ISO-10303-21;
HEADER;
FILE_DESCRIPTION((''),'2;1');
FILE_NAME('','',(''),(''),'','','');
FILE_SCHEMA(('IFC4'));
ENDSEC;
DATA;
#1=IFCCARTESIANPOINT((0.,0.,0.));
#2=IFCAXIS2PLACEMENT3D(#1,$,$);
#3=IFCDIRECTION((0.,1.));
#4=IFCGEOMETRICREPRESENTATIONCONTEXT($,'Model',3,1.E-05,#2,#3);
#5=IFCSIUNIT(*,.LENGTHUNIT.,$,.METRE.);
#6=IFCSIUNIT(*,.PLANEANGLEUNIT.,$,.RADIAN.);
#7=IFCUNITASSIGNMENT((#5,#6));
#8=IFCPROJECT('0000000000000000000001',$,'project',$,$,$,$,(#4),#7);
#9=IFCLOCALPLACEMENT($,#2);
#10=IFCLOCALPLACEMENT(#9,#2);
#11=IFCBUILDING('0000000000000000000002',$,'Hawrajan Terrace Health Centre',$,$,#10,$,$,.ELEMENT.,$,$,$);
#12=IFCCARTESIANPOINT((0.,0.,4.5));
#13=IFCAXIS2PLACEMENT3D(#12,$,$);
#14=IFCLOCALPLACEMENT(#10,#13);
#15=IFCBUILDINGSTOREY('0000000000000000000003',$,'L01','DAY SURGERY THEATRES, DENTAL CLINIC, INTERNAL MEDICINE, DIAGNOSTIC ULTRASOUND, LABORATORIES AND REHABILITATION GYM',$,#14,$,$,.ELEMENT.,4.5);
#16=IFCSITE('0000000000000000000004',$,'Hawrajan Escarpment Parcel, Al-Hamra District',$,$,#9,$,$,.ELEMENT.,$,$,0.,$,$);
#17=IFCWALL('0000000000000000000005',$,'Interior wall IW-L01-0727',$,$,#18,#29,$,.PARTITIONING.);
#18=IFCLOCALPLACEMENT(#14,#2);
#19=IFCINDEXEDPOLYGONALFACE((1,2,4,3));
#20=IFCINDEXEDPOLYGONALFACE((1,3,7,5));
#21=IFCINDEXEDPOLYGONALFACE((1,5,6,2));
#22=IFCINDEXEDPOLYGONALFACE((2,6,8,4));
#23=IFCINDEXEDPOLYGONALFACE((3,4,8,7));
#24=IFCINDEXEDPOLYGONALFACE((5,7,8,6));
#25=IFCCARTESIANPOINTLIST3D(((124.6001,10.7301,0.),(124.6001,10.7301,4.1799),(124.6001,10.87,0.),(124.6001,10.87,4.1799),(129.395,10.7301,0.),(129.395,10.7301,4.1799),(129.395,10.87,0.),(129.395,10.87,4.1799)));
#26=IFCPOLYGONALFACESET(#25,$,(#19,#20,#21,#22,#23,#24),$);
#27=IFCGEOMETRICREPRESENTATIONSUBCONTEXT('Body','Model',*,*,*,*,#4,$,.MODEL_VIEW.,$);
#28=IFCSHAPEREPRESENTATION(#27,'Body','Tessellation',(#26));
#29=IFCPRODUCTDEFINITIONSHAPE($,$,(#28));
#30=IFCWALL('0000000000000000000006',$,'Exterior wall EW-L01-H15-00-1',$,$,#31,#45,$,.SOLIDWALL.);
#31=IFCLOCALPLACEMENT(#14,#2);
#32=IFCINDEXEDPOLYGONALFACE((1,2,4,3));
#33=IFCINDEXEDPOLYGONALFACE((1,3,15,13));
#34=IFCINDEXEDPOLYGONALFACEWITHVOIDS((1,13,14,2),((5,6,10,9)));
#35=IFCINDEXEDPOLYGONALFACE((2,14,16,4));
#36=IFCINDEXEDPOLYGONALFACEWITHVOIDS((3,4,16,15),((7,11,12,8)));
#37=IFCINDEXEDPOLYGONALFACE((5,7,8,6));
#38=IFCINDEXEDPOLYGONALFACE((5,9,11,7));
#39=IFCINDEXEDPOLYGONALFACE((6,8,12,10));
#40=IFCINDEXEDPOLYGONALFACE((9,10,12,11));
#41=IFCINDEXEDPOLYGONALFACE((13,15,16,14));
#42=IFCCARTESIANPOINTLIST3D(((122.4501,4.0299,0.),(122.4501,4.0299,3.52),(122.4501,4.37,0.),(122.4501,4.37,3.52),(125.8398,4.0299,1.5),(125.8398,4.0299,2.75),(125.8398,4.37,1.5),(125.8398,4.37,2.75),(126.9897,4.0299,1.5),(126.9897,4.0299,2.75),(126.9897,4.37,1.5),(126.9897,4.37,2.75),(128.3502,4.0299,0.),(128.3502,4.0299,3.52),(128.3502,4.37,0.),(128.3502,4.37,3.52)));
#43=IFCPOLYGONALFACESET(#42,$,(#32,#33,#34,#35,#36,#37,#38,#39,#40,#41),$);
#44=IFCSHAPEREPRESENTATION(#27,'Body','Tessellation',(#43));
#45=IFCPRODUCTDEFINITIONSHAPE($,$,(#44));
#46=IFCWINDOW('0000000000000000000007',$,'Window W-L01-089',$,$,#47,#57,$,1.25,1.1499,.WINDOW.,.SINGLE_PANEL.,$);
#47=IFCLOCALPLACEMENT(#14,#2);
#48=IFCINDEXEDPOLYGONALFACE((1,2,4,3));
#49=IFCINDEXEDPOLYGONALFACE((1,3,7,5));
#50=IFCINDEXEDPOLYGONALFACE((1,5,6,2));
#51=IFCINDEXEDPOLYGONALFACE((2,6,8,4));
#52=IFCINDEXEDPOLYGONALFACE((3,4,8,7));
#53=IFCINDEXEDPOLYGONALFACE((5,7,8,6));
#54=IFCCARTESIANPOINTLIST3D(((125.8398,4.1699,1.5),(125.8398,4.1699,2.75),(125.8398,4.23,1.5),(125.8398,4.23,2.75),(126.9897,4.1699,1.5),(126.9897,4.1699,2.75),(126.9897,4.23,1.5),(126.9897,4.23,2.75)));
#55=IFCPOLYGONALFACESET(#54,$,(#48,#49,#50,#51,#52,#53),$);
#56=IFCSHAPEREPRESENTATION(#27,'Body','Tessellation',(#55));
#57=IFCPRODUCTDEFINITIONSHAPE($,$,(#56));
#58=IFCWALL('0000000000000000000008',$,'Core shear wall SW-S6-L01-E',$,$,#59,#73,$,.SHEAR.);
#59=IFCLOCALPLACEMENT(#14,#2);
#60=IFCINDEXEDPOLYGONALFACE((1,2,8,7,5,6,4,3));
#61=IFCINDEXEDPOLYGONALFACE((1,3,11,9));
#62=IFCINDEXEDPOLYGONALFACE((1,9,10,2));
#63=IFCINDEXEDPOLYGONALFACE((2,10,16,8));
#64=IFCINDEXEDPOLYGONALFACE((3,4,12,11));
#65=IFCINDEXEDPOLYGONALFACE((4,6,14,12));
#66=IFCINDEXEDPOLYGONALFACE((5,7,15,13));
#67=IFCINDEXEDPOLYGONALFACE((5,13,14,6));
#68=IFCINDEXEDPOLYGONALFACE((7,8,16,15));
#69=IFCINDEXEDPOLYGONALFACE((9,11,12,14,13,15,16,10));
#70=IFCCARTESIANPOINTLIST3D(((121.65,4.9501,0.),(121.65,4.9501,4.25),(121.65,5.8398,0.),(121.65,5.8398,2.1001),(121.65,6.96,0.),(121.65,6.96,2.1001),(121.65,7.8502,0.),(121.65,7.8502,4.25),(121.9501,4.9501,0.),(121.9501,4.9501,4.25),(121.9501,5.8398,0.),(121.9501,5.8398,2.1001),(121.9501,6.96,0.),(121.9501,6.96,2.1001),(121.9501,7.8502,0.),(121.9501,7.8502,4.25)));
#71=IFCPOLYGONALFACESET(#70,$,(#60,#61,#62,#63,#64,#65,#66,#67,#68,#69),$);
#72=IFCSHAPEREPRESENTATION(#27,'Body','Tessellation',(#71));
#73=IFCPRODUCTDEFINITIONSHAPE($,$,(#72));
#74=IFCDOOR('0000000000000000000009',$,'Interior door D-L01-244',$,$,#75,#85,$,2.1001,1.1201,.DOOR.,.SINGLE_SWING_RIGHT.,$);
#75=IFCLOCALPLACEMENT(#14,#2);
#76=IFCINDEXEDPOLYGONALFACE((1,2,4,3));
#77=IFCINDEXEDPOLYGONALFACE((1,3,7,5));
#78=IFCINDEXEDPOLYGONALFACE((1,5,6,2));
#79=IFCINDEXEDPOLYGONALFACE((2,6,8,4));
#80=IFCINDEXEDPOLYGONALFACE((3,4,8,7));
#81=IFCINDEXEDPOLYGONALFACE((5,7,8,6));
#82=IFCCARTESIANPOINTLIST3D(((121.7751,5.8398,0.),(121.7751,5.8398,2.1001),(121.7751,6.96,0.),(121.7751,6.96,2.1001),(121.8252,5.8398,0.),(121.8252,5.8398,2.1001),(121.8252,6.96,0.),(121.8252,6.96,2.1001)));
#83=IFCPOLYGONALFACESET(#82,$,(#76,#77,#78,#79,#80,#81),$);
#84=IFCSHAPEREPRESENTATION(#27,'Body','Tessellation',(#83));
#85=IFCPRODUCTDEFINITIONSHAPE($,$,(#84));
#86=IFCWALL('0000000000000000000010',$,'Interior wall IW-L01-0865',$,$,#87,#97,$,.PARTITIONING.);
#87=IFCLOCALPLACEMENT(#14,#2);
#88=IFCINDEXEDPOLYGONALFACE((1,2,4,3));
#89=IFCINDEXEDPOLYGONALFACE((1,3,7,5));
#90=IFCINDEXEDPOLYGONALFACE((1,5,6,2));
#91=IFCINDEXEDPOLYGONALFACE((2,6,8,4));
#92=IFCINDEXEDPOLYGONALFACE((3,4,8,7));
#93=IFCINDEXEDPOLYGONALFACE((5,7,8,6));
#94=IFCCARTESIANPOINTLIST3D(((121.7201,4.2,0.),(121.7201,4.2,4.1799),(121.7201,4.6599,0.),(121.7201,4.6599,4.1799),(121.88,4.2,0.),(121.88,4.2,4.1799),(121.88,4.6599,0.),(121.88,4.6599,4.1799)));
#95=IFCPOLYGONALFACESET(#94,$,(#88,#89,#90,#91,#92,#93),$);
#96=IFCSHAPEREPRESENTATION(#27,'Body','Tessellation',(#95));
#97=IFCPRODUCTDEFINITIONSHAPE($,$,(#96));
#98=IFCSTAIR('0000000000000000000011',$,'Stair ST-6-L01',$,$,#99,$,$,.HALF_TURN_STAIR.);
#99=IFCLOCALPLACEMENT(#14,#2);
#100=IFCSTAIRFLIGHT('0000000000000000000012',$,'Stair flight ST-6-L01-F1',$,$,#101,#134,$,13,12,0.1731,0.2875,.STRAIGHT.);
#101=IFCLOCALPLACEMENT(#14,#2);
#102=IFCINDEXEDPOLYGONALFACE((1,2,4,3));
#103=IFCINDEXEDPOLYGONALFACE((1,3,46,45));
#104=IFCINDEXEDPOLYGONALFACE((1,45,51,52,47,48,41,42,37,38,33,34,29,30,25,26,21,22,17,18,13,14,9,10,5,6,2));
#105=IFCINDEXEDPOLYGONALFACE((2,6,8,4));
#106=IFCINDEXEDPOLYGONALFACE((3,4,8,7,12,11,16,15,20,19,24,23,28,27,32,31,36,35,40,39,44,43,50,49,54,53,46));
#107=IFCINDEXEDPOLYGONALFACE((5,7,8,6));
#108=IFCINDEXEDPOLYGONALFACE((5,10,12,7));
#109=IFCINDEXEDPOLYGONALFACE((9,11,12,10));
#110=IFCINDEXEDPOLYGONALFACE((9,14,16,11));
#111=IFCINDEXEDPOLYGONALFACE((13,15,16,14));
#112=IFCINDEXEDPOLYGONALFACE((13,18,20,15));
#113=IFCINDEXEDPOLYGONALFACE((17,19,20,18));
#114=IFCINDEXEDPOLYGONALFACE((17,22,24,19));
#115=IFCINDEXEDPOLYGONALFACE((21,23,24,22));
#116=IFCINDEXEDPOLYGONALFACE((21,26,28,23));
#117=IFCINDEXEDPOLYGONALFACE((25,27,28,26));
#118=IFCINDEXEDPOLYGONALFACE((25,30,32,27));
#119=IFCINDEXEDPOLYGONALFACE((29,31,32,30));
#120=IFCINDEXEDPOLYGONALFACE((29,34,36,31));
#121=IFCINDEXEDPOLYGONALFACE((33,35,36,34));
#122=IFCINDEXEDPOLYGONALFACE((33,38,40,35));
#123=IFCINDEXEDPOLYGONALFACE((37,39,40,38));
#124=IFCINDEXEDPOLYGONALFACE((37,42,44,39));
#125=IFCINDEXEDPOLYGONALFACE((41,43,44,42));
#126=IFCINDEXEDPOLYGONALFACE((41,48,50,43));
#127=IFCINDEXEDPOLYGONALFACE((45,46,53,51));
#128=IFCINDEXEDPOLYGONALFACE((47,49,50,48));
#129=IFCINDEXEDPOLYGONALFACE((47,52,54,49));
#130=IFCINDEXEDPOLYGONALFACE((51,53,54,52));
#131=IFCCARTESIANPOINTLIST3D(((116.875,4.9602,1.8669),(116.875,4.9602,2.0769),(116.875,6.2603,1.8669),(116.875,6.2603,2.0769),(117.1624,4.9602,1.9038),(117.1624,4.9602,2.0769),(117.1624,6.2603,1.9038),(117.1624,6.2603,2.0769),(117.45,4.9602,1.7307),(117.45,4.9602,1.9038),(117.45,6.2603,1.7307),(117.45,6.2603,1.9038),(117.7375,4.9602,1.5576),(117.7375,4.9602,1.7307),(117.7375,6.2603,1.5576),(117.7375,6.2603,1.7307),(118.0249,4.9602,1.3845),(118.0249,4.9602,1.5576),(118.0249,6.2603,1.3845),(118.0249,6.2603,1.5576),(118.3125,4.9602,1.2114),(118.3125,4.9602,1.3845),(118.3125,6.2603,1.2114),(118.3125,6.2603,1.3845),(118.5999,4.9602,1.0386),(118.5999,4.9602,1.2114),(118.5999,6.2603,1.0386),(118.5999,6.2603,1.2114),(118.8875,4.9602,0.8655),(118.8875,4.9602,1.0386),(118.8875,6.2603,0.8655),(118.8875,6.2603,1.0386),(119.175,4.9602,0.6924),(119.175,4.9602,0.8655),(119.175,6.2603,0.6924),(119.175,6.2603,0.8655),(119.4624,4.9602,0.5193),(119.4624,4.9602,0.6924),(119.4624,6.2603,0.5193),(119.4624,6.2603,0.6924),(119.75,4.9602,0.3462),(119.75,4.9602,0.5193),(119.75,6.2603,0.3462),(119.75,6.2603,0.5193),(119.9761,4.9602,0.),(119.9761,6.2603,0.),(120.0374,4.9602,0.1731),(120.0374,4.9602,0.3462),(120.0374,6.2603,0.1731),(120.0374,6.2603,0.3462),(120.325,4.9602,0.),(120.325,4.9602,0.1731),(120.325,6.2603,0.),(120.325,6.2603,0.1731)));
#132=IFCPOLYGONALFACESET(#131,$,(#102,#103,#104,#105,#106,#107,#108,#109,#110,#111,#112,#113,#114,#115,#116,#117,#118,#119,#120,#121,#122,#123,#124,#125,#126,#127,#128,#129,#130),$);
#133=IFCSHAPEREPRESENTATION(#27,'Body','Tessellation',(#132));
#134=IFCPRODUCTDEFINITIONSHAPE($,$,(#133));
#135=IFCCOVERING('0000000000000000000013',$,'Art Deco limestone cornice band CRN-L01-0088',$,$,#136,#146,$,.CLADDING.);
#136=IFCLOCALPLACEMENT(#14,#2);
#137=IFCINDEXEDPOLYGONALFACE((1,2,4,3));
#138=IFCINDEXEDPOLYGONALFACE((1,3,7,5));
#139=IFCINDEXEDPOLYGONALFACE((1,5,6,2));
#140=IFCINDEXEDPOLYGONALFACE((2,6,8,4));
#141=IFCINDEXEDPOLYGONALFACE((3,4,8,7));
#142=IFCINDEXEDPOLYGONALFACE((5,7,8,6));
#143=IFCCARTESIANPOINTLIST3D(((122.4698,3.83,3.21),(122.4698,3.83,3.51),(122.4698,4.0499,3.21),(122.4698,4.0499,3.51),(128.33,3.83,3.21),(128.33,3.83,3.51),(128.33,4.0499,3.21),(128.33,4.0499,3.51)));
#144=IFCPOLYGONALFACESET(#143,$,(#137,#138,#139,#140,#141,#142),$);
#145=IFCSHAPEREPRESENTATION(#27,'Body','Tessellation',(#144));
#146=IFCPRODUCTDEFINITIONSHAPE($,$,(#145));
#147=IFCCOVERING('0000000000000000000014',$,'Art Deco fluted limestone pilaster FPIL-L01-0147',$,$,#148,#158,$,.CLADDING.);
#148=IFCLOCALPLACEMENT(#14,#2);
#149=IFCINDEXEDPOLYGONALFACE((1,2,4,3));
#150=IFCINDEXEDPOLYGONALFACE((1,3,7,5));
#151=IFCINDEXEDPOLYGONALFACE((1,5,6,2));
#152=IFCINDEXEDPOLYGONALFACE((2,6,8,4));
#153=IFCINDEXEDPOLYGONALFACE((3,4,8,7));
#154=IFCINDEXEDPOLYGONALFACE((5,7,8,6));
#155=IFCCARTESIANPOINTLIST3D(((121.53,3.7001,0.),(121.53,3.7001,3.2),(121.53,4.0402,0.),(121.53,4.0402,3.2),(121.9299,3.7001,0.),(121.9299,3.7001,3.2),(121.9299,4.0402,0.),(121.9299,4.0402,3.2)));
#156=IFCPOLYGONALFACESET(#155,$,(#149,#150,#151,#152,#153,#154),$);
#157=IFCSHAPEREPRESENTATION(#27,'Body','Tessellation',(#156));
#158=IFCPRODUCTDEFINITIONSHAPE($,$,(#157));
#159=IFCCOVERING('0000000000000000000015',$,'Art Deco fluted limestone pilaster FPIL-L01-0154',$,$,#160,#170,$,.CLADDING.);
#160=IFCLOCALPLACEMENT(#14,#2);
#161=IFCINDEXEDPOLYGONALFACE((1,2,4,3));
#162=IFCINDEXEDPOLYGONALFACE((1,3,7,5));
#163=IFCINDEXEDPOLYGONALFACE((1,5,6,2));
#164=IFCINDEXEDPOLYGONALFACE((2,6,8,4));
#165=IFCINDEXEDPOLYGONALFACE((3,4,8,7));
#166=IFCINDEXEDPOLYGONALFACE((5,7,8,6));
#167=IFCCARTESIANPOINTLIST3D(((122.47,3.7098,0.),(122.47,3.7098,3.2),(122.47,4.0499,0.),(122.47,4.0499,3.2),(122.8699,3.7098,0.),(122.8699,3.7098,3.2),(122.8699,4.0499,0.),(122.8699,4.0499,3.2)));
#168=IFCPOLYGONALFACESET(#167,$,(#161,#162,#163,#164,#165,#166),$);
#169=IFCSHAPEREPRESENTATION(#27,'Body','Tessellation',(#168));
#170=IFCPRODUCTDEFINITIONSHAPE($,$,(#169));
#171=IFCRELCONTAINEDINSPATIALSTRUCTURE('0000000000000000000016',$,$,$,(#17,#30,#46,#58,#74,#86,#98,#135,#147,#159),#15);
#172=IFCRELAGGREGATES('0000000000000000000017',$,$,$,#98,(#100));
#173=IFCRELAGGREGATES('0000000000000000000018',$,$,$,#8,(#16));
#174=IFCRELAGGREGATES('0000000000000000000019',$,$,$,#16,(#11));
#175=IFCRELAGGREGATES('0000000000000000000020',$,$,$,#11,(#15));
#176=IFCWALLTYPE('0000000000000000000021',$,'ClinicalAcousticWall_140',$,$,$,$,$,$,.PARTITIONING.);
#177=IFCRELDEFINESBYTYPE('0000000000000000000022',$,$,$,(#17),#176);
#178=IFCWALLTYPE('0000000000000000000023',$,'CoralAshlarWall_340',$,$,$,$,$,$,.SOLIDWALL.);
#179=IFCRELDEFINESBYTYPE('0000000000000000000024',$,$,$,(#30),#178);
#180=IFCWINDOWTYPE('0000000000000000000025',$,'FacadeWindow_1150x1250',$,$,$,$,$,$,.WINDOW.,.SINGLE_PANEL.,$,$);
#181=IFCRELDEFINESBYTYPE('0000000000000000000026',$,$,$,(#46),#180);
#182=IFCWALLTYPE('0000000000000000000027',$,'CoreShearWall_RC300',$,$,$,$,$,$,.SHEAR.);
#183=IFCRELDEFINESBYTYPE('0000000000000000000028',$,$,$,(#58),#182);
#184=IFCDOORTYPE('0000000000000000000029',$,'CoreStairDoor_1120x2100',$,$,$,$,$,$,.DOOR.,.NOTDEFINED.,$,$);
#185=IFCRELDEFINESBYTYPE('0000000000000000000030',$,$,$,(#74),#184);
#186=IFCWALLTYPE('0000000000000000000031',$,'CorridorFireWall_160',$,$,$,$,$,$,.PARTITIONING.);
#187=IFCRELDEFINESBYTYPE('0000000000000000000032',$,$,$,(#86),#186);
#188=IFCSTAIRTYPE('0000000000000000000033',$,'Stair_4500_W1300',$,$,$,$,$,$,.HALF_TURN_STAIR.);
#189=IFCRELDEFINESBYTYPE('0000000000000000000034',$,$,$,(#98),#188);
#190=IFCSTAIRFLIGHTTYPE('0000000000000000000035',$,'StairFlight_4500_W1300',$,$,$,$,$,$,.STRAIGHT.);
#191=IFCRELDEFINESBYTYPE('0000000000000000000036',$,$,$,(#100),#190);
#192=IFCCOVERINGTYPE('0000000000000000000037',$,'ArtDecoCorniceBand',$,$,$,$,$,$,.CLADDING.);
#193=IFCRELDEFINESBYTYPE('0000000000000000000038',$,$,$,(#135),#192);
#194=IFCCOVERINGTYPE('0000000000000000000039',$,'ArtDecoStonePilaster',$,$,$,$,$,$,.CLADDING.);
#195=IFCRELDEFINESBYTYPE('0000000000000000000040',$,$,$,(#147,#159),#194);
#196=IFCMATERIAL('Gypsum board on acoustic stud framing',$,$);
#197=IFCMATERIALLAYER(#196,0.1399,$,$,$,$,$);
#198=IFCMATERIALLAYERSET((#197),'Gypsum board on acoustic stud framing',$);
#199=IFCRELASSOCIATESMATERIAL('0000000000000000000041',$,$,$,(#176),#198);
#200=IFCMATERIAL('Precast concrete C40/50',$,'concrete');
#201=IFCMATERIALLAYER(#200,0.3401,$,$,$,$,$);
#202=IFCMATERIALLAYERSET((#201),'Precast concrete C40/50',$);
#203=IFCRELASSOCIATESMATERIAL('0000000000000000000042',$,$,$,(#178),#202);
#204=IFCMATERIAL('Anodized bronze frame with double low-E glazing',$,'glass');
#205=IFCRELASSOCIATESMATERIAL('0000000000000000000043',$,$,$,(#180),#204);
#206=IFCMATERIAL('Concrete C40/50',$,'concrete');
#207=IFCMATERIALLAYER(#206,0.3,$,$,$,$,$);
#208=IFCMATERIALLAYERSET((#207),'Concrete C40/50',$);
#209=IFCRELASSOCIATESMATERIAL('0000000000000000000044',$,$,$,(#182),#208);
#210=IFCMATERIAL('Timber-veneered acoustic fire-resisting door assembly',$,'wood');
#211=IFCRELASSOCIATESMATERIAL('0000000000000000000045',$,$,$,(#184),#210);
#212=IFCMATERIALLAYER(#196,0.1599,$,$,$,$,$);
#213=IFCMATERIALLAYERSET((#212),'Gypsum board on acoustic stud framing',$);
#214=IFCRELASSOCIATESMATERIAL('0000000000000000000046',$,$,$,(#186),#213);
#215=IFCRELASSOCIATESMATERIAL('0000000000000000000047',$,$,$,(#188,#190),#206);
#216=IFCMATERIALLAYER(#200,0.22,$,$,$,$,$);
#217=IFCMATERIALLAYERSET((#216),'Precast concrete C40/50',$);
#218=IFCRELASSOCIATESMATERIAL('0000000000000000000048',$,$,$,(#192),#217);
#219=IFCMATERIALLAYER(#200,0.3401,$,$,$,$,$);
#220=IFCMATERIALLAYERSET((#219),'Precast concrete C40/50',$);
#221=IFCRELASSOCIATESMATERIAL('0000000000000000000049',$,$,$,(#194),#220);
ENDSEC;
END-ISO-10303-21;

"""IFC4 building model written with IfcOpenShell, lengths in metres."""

from ifc_helpers import new_model, si_unit, direction, frame, frame_2d, origin, origin_2d, place, context, subcontext, project, spatial, polyline, rectangle, outline, extrude, material, layer, layer_set, type_object, element, fill, aggregate, save


model = new_model("IFC4")

# Units and contexts
model_context = context("Model", 3, precision=1e-05, world=origin(), true_north=direction((0.0, 1.0)))
body_context = subcontext(model_context, "Body", "Model", "MODEL_VIEW")
ifc_project = project(units=[si_unit("LENGTHUNIT", "METRE"), si_unit("PLANEANGLEUNIT", "RADIAN")], contexts=[model_context])

# Site, building, storey
site_placement = place(None, origin())
site = spatial("IfcSite", under=ifc_project, at=site_placement, Name="Hawrajan Escarpment Parcel, Al-Hamra District", CompositionType="ELEMENT", RefElevation=0.0)
building_placement = place(site_placement, origin())
building = spatial("IfcBuilding", under=site, at=building_placement, Name="Hawrajan Terrace Health Centre", CompositionType="ELEMENT")
storey_placement = place(building_placement, frame((0.0, 0.0, 4.5)))
storey = spatial("IfcBuildingStorey", under=building, at=storey_placement, Name="L01", Description="DAY SURGERY THEATRES, DENTAL CLINIC, INTERNAL MEDICINE, DIAGNOSTIC ULTRASOUND, LABORATORIES AND REHABILITATION GYM", CompositionType="ELEMENT", Elevation=4.5)

# Shared definitions
ifc_material_1 = material(Name="Concrete C40/50", Category="concrete")

# Shared definitions
ifc_material_2 = material(Name="Gypsum board on acoustic stud framing")
ifc_layer_1 = layer(ifc_material_2, 0.1399)
ifc_layer_set_1 = layer_set([ifc_layer_1], Name="Gypsum board on acoustic stud framing")
wall_type_1 = type_object("IfcWallType", Name="ClinicalAcousticWall_140", PredefinedType="PARTITIONING", material=ifc_layer_set_1)

# Wall
wall_1_placement = place(storey_placement, frame((124.6001, 10.8, 0.0), z_axis=(0.0, 0.0, 1.0), x_axis=(1.0, 0.0, 0.0)))
element("IfcWall", 1, at=wall_1_placement, inside=storey, type_object=wall_type_1, Name="Interior wall IW-L01-0727", PredefinedType="PARTITIONING", context=body_context, shape_type="SweptSolid", body=[
    extrude(rectangle(XDim=4.7949, YDim=0.1399, at=frame_2d((2.3975, 0.0))), origin(), (0.0, 0.0, 1.0), 4.1799),
])

# Wall, opening, window
ifc_material_3 = material(Name="Precast concrete C40/50", Category="concrete")
ifc_layer_2 = layer(ifc_material_3, 0.3401)
ifc_layer_set_2 = layer_set([ifc_layer_2], Name="Precast concrete C40/50")
wall_type_2 = type_object("IfcWallType", Name="CoralAshlarWall_340", PredefinedType="SOLIDWALL", material=ifc_layer_set_2)
wall_2_placement = place(storey_placement, frame((122.45, 4.2, 0.0), z_axis=(0.0, 0.0, 1.0), x_axis=(1.0, 0.0, 0.0)))
wall_2 = element("IfcWall", 2, at=wall_2_placement, inside=storey, type_object=wall_type_2, Name="Exterior wall EW-L01-H15-00-1", PredefinedType="SOLIDWALL", context=body_context, shape_type="SweptSolid", body=[
    extrude(rectangle(XDim=5.9001, YDim=0.3401, at=frame_2d((2.9502, 0.0))), origin(), (0.0, 0.0, 1.0), 3.52),
])
opening_1_placement = place(wall_2_placement, frame((3.3899, 0.0, 1.5)))
opening_1 = element("IfcOpeningElement", 3, at=opening_1_placement, cuts=wall_2, PredefinedType="OPENING", context=body_context, shape_type="SweptSolid", body=[
    extrude(rectangle(XDim=1.1499, YDim=1.25, at=frame_2d((0.575, 0.625))), frame((0.0, 0.1799, 0.0), z_axis=(0.0, -1.0, 0.0), x_axis=(1.0, 0.0, 0.0)), (0.0, 0.0, 1.0), 0.3601),
])
ifc_material_4 = material(Name="Anodized bronze frame with double low-E glazing", Category="glass")
window_type = type_object("IfcWindowType", Name="FacadeWindow_1150x1250", PartitioningType="SINGLE_PANEL", PredefinedType="WINDOW", material=ifc_material_4)
window_placement = place(opening_1_placement, origin())
window = element("IfcWindow", 4, at=window_placement, inside=storey, type_object=window_type, Name="Window W-L01-089", OverallHeight=1.25, OverallWidth=1.1499, PartitioningType="SINGLE_PANEL", PredefinedType="WINDOW", context=body_context, shape_type="SweptSolid", body=[
    extrude(rectangle(XDim=1.1499, YDim=1.25, at=frame_2d((0.575, 0.625))), frame((0.0, 0.03, 0.0), z_axis=(0.0, -1.0, 0.0), x_axis=(1.0, 0.0, 0.0)), (0.0, 0.0, 1.0), 0.0601),
])
fill(opening_1, window)

# Wall, opening, door
ifc_layer_3 = layer(ifc_material_1, 0.3)
ifc_layer_set_3 = layer_set([ifc_layer_3], Name="Concrete C40/50")
wall_type_3 = type_object("IfcWallType", Name="CoreShearWall_RC300", PredefinedType="SHEAR", material=ifc_layer_set_3)
wall_3_placement = place(storey_placement, frame((121.8, 4.95, 0.0), z_axis=(0.0, 0.0, 1.0), x_axis=(0.0, 1.0, 0.0)))
wall_3 = element("IfcWall", 5, at=wall_3_placement, inside=storey, type_object=wall_type_3, Name="Core shear wall SW-S6-L01-E", PredefinedType="SHEAR", context=body_context, shape_type="SweptSolid", body=[
    extrude(rectangle(XDim=2.9001, YDim=0.3, at=frame_2d((1.4502, 0.0))), origin(), (0.0, 0.0, 1.0), 4.25),
])
opening_2_placement = place(wall_3_placement, frame((0.8899, 0.0, 0.0)))
opening_2 = element("IfcOpeningElement", 6, at=opening_2_placement, cuts=wall_3, PredefinedType="OPENING", context=body_context, shape_type="SweptSolid", body=[
    extrude(rectangle(XDim=1.1201, YDim=2.1001, at=frame_2d((0.5601, 1.05))), frame((0.0, 0.1599, 0.0), z_axis=(0.0, -1.0, 0.0), x_axis=(1.0, 0.0, 0.0)), (0.0, 0.0, 1.0), 0.3201),
])
ifc_material_5 = material(Name="Timber-veneered acoustic fire-resisting door assembly", Category="wood")
door_type_1 = type_object("IfcDoorType", Name="CoreStairDoor_1120x2100", OperationType="NOTDEFINED", PredefinedType="DOOR", material=ifc_material_5)
door_1_placement = place(opening_2_placement, origin())
door_1 = element("IfcDoor", 7, at=door_1_placement, inside=storey, type_object=door_type_1, Name="Interior door D-L01-244", OperationType="SINGLE_SWING_RIGHT", OverallHeight=2.1001, OverallWidth=1.1201, PredefinedType="DOOR", context=body_context, shape_type="SweptSolid", body=[
    extrude(rectangle(XDim=1.1201, YDim=2.1001, at=frame_2d((0.5601, 1.05))), frame((0.0, 0.0249, 0.0), z_axis=(0.0, -1.0, 0.0), x_axis=(1.0, 0.0, 0.0)), (0.0, 0.0, 1.0), 0.05),
])
fill(opening_2, door_1)

# Wall
ifc_layer_4 = layer(ifc_material_2, 0.1599)
ifc_layer_set_4 = layer_set([ifc_layer_4], Name="Gypsum board on acoustic stud framing")
wall_type_4 = type_object("IfcWallType", Name="CorridorFireWall_160", PredefinedType="PARTITIONING", material=ifc_layer_set_4)
wall_4_placement = place(storey_placement, frame((121.8, 4.2, 0.0), z_axis=(0.0, 0.0, 1.0), x_axis=(0.0, 1.0, 0.0)))
element("IfcWall", 8, at=wall_4_placement, inside=storey, type_object=wall_type_4, Name="Interior wall IW-L01-0865", PredefinedType="PARTITIONING", context=body_context, shape_type="SweptSolid", body=[
    extrude(rectangle(XDim=0.46, YDim=0.1599, at=frame_2d((0.23, 0.0))), origin(), (0.0, 0.0, 1.0), 4.1799),
])

# Stair, stair flight
stair_type = type_object("IfcStairType", Name="Stair_4500_W1300", PredefinedType="HALF_TURN_STAIR", material=ifc_material_1)
stair_placement = place(storey_placement, origin())
stair = element("IfcStair", 9, at=stair_placement, inside=storey, type_object=stair_type, Name="Stair ST-6-L01", PredefinedType="HALF_TURN_STAIR")
stair_flight_type = type_object("IfcStairFlightType", Name="StairFlight_4500_W1300", PredefinedType="STRAIGHT", material=ifc_material_1)
stair_flight_placement = place(storey_placement, frame((120.325, 5.6101, 0.0), z_axis=(0.0, 0.0, 1.0), x_axis=(-1.0, 0.0, 0.0)))
stair_flight = element("IfcStairFlight", 10, at=stair_flight_placement, type_object=stair_flight_type, Name="Stair flight ST-6-L01-F1", NumberOfRisers=13, NumberOfTreads=12, PredefinedType="STRAIGHT", RiserHeight=0.1731, TreadLength=0.2875, context=body_context, shape_type="SweptSolid", body=[
    extrude(outline(polyline([(0.0, 0.0), (0.0, 0.1731), (0.2876, 0.1731), (0.2876, 0.3462), (0.575, 0.3462), (0.575, 0.5193), (0.8625, 0.5193), (0.8625, 0.6924), (1.1499, 0.6924), (1.1499, 0.8655), (1.4375, 0.8655), (1.4375, 1.0386), (1.7251, 1.0386), (1.7251, 1.2114), (2.0125, 1.2114), (2.0125, 1.3845), (2.3, 1.3845), (2.3, 1.5576), (2.5874, 1.5576), (2.5874, 1.7307), (2.875, 1.7307), (2.875, 1.9038), (3.1626, 1.9038), (3.1626, 2.0769), (3.45, 2.0769), (3.45, 2.25), (3.45, 1.8669), (0.3489, 0.0), (0.0, 0.0)])), frame((0.0, 0.6499, 0.0), z_axis=(0.0, -1.0, 0.0), x_axis=(1.0, 0.0, 0.0)), (0.0, 0.0, 1.0), 1.3),
])
aggregate(stair, [stair_flight])

# Coverings
ifc_layer_5 = layer(ifc_material_3, 0.22)
ifc_layer_set_5 = layer_set([ifc_layer_5], Name="Precast concrete C40/50")
covering_type_1 = type_object("IfcCoveringType", Name="ArtDecoCorniceBand", PredefinedType="CLADDING", material=ifc_layer_set_5)
covering_placement = place(storey_placement, frame((125.3999, 3.9399, 3.21), z_axis=(0.0, 0.0, 1.0), x_axis=(1.0, 0.0, 0.0)))
element("IfcCovering", 11, at=covering_placement, inside=storey, type_object=covering_type_1, Name="Art Deco limestone cornice band CRN-L01-0088", PredefinedType="CLADDING", context=body_context, shape_type="SweptSolid", body=[
    extrude(rectangle(XDim=5.8601, YDim=0.22, at=origin_2d()), origin(), (0.0, 0.0, 1.0), 0.3),
])
ifc_layer_6 = layer(ifc_material_3, 0.3401)
ifc_layer_set_6 = layer_set([ifc_layer_6], Name="Precast concrete C40/50")
covering_type_2 = type_object("IfcCoveringType", Name="ArtDecoStonePilaster", PredefinedType="CLADDING", material=ifc_layer_set_6)
for number, where, z_axis, x_axis, name in (
    (12, (121.73, 3.8701, 0.0), (0.0, 0.0, 1.0), (1.0, 0.0, 0.0), "Art Deco fluted limestone pilaster FPIL-L01-0147"),
    (13, (122.6699, 3.8799, 0.0), (0.0, 0.0, 1.0), (1.0, 0.0, 0.0), "Art Deco fluted limestone pilaster FPIL-L01-0154"),
):
    element("IfcCovering", number, at=place(storey_placement, frame(where, z_axis=z_axis, x_axis=x_axis)), inside=storey, type_object=covering_type_2, Name=name, PredefinedType="CLADDING", context=body_context, shape_type="SweptSolid", body=[
        extrude(rectangle(XDim=0.3999, YDim=0.3401, at=origin_2d()), origin(), (0.0, 0.0, 1.0), 3.2),
    ])

save(model, "model.ifc")
